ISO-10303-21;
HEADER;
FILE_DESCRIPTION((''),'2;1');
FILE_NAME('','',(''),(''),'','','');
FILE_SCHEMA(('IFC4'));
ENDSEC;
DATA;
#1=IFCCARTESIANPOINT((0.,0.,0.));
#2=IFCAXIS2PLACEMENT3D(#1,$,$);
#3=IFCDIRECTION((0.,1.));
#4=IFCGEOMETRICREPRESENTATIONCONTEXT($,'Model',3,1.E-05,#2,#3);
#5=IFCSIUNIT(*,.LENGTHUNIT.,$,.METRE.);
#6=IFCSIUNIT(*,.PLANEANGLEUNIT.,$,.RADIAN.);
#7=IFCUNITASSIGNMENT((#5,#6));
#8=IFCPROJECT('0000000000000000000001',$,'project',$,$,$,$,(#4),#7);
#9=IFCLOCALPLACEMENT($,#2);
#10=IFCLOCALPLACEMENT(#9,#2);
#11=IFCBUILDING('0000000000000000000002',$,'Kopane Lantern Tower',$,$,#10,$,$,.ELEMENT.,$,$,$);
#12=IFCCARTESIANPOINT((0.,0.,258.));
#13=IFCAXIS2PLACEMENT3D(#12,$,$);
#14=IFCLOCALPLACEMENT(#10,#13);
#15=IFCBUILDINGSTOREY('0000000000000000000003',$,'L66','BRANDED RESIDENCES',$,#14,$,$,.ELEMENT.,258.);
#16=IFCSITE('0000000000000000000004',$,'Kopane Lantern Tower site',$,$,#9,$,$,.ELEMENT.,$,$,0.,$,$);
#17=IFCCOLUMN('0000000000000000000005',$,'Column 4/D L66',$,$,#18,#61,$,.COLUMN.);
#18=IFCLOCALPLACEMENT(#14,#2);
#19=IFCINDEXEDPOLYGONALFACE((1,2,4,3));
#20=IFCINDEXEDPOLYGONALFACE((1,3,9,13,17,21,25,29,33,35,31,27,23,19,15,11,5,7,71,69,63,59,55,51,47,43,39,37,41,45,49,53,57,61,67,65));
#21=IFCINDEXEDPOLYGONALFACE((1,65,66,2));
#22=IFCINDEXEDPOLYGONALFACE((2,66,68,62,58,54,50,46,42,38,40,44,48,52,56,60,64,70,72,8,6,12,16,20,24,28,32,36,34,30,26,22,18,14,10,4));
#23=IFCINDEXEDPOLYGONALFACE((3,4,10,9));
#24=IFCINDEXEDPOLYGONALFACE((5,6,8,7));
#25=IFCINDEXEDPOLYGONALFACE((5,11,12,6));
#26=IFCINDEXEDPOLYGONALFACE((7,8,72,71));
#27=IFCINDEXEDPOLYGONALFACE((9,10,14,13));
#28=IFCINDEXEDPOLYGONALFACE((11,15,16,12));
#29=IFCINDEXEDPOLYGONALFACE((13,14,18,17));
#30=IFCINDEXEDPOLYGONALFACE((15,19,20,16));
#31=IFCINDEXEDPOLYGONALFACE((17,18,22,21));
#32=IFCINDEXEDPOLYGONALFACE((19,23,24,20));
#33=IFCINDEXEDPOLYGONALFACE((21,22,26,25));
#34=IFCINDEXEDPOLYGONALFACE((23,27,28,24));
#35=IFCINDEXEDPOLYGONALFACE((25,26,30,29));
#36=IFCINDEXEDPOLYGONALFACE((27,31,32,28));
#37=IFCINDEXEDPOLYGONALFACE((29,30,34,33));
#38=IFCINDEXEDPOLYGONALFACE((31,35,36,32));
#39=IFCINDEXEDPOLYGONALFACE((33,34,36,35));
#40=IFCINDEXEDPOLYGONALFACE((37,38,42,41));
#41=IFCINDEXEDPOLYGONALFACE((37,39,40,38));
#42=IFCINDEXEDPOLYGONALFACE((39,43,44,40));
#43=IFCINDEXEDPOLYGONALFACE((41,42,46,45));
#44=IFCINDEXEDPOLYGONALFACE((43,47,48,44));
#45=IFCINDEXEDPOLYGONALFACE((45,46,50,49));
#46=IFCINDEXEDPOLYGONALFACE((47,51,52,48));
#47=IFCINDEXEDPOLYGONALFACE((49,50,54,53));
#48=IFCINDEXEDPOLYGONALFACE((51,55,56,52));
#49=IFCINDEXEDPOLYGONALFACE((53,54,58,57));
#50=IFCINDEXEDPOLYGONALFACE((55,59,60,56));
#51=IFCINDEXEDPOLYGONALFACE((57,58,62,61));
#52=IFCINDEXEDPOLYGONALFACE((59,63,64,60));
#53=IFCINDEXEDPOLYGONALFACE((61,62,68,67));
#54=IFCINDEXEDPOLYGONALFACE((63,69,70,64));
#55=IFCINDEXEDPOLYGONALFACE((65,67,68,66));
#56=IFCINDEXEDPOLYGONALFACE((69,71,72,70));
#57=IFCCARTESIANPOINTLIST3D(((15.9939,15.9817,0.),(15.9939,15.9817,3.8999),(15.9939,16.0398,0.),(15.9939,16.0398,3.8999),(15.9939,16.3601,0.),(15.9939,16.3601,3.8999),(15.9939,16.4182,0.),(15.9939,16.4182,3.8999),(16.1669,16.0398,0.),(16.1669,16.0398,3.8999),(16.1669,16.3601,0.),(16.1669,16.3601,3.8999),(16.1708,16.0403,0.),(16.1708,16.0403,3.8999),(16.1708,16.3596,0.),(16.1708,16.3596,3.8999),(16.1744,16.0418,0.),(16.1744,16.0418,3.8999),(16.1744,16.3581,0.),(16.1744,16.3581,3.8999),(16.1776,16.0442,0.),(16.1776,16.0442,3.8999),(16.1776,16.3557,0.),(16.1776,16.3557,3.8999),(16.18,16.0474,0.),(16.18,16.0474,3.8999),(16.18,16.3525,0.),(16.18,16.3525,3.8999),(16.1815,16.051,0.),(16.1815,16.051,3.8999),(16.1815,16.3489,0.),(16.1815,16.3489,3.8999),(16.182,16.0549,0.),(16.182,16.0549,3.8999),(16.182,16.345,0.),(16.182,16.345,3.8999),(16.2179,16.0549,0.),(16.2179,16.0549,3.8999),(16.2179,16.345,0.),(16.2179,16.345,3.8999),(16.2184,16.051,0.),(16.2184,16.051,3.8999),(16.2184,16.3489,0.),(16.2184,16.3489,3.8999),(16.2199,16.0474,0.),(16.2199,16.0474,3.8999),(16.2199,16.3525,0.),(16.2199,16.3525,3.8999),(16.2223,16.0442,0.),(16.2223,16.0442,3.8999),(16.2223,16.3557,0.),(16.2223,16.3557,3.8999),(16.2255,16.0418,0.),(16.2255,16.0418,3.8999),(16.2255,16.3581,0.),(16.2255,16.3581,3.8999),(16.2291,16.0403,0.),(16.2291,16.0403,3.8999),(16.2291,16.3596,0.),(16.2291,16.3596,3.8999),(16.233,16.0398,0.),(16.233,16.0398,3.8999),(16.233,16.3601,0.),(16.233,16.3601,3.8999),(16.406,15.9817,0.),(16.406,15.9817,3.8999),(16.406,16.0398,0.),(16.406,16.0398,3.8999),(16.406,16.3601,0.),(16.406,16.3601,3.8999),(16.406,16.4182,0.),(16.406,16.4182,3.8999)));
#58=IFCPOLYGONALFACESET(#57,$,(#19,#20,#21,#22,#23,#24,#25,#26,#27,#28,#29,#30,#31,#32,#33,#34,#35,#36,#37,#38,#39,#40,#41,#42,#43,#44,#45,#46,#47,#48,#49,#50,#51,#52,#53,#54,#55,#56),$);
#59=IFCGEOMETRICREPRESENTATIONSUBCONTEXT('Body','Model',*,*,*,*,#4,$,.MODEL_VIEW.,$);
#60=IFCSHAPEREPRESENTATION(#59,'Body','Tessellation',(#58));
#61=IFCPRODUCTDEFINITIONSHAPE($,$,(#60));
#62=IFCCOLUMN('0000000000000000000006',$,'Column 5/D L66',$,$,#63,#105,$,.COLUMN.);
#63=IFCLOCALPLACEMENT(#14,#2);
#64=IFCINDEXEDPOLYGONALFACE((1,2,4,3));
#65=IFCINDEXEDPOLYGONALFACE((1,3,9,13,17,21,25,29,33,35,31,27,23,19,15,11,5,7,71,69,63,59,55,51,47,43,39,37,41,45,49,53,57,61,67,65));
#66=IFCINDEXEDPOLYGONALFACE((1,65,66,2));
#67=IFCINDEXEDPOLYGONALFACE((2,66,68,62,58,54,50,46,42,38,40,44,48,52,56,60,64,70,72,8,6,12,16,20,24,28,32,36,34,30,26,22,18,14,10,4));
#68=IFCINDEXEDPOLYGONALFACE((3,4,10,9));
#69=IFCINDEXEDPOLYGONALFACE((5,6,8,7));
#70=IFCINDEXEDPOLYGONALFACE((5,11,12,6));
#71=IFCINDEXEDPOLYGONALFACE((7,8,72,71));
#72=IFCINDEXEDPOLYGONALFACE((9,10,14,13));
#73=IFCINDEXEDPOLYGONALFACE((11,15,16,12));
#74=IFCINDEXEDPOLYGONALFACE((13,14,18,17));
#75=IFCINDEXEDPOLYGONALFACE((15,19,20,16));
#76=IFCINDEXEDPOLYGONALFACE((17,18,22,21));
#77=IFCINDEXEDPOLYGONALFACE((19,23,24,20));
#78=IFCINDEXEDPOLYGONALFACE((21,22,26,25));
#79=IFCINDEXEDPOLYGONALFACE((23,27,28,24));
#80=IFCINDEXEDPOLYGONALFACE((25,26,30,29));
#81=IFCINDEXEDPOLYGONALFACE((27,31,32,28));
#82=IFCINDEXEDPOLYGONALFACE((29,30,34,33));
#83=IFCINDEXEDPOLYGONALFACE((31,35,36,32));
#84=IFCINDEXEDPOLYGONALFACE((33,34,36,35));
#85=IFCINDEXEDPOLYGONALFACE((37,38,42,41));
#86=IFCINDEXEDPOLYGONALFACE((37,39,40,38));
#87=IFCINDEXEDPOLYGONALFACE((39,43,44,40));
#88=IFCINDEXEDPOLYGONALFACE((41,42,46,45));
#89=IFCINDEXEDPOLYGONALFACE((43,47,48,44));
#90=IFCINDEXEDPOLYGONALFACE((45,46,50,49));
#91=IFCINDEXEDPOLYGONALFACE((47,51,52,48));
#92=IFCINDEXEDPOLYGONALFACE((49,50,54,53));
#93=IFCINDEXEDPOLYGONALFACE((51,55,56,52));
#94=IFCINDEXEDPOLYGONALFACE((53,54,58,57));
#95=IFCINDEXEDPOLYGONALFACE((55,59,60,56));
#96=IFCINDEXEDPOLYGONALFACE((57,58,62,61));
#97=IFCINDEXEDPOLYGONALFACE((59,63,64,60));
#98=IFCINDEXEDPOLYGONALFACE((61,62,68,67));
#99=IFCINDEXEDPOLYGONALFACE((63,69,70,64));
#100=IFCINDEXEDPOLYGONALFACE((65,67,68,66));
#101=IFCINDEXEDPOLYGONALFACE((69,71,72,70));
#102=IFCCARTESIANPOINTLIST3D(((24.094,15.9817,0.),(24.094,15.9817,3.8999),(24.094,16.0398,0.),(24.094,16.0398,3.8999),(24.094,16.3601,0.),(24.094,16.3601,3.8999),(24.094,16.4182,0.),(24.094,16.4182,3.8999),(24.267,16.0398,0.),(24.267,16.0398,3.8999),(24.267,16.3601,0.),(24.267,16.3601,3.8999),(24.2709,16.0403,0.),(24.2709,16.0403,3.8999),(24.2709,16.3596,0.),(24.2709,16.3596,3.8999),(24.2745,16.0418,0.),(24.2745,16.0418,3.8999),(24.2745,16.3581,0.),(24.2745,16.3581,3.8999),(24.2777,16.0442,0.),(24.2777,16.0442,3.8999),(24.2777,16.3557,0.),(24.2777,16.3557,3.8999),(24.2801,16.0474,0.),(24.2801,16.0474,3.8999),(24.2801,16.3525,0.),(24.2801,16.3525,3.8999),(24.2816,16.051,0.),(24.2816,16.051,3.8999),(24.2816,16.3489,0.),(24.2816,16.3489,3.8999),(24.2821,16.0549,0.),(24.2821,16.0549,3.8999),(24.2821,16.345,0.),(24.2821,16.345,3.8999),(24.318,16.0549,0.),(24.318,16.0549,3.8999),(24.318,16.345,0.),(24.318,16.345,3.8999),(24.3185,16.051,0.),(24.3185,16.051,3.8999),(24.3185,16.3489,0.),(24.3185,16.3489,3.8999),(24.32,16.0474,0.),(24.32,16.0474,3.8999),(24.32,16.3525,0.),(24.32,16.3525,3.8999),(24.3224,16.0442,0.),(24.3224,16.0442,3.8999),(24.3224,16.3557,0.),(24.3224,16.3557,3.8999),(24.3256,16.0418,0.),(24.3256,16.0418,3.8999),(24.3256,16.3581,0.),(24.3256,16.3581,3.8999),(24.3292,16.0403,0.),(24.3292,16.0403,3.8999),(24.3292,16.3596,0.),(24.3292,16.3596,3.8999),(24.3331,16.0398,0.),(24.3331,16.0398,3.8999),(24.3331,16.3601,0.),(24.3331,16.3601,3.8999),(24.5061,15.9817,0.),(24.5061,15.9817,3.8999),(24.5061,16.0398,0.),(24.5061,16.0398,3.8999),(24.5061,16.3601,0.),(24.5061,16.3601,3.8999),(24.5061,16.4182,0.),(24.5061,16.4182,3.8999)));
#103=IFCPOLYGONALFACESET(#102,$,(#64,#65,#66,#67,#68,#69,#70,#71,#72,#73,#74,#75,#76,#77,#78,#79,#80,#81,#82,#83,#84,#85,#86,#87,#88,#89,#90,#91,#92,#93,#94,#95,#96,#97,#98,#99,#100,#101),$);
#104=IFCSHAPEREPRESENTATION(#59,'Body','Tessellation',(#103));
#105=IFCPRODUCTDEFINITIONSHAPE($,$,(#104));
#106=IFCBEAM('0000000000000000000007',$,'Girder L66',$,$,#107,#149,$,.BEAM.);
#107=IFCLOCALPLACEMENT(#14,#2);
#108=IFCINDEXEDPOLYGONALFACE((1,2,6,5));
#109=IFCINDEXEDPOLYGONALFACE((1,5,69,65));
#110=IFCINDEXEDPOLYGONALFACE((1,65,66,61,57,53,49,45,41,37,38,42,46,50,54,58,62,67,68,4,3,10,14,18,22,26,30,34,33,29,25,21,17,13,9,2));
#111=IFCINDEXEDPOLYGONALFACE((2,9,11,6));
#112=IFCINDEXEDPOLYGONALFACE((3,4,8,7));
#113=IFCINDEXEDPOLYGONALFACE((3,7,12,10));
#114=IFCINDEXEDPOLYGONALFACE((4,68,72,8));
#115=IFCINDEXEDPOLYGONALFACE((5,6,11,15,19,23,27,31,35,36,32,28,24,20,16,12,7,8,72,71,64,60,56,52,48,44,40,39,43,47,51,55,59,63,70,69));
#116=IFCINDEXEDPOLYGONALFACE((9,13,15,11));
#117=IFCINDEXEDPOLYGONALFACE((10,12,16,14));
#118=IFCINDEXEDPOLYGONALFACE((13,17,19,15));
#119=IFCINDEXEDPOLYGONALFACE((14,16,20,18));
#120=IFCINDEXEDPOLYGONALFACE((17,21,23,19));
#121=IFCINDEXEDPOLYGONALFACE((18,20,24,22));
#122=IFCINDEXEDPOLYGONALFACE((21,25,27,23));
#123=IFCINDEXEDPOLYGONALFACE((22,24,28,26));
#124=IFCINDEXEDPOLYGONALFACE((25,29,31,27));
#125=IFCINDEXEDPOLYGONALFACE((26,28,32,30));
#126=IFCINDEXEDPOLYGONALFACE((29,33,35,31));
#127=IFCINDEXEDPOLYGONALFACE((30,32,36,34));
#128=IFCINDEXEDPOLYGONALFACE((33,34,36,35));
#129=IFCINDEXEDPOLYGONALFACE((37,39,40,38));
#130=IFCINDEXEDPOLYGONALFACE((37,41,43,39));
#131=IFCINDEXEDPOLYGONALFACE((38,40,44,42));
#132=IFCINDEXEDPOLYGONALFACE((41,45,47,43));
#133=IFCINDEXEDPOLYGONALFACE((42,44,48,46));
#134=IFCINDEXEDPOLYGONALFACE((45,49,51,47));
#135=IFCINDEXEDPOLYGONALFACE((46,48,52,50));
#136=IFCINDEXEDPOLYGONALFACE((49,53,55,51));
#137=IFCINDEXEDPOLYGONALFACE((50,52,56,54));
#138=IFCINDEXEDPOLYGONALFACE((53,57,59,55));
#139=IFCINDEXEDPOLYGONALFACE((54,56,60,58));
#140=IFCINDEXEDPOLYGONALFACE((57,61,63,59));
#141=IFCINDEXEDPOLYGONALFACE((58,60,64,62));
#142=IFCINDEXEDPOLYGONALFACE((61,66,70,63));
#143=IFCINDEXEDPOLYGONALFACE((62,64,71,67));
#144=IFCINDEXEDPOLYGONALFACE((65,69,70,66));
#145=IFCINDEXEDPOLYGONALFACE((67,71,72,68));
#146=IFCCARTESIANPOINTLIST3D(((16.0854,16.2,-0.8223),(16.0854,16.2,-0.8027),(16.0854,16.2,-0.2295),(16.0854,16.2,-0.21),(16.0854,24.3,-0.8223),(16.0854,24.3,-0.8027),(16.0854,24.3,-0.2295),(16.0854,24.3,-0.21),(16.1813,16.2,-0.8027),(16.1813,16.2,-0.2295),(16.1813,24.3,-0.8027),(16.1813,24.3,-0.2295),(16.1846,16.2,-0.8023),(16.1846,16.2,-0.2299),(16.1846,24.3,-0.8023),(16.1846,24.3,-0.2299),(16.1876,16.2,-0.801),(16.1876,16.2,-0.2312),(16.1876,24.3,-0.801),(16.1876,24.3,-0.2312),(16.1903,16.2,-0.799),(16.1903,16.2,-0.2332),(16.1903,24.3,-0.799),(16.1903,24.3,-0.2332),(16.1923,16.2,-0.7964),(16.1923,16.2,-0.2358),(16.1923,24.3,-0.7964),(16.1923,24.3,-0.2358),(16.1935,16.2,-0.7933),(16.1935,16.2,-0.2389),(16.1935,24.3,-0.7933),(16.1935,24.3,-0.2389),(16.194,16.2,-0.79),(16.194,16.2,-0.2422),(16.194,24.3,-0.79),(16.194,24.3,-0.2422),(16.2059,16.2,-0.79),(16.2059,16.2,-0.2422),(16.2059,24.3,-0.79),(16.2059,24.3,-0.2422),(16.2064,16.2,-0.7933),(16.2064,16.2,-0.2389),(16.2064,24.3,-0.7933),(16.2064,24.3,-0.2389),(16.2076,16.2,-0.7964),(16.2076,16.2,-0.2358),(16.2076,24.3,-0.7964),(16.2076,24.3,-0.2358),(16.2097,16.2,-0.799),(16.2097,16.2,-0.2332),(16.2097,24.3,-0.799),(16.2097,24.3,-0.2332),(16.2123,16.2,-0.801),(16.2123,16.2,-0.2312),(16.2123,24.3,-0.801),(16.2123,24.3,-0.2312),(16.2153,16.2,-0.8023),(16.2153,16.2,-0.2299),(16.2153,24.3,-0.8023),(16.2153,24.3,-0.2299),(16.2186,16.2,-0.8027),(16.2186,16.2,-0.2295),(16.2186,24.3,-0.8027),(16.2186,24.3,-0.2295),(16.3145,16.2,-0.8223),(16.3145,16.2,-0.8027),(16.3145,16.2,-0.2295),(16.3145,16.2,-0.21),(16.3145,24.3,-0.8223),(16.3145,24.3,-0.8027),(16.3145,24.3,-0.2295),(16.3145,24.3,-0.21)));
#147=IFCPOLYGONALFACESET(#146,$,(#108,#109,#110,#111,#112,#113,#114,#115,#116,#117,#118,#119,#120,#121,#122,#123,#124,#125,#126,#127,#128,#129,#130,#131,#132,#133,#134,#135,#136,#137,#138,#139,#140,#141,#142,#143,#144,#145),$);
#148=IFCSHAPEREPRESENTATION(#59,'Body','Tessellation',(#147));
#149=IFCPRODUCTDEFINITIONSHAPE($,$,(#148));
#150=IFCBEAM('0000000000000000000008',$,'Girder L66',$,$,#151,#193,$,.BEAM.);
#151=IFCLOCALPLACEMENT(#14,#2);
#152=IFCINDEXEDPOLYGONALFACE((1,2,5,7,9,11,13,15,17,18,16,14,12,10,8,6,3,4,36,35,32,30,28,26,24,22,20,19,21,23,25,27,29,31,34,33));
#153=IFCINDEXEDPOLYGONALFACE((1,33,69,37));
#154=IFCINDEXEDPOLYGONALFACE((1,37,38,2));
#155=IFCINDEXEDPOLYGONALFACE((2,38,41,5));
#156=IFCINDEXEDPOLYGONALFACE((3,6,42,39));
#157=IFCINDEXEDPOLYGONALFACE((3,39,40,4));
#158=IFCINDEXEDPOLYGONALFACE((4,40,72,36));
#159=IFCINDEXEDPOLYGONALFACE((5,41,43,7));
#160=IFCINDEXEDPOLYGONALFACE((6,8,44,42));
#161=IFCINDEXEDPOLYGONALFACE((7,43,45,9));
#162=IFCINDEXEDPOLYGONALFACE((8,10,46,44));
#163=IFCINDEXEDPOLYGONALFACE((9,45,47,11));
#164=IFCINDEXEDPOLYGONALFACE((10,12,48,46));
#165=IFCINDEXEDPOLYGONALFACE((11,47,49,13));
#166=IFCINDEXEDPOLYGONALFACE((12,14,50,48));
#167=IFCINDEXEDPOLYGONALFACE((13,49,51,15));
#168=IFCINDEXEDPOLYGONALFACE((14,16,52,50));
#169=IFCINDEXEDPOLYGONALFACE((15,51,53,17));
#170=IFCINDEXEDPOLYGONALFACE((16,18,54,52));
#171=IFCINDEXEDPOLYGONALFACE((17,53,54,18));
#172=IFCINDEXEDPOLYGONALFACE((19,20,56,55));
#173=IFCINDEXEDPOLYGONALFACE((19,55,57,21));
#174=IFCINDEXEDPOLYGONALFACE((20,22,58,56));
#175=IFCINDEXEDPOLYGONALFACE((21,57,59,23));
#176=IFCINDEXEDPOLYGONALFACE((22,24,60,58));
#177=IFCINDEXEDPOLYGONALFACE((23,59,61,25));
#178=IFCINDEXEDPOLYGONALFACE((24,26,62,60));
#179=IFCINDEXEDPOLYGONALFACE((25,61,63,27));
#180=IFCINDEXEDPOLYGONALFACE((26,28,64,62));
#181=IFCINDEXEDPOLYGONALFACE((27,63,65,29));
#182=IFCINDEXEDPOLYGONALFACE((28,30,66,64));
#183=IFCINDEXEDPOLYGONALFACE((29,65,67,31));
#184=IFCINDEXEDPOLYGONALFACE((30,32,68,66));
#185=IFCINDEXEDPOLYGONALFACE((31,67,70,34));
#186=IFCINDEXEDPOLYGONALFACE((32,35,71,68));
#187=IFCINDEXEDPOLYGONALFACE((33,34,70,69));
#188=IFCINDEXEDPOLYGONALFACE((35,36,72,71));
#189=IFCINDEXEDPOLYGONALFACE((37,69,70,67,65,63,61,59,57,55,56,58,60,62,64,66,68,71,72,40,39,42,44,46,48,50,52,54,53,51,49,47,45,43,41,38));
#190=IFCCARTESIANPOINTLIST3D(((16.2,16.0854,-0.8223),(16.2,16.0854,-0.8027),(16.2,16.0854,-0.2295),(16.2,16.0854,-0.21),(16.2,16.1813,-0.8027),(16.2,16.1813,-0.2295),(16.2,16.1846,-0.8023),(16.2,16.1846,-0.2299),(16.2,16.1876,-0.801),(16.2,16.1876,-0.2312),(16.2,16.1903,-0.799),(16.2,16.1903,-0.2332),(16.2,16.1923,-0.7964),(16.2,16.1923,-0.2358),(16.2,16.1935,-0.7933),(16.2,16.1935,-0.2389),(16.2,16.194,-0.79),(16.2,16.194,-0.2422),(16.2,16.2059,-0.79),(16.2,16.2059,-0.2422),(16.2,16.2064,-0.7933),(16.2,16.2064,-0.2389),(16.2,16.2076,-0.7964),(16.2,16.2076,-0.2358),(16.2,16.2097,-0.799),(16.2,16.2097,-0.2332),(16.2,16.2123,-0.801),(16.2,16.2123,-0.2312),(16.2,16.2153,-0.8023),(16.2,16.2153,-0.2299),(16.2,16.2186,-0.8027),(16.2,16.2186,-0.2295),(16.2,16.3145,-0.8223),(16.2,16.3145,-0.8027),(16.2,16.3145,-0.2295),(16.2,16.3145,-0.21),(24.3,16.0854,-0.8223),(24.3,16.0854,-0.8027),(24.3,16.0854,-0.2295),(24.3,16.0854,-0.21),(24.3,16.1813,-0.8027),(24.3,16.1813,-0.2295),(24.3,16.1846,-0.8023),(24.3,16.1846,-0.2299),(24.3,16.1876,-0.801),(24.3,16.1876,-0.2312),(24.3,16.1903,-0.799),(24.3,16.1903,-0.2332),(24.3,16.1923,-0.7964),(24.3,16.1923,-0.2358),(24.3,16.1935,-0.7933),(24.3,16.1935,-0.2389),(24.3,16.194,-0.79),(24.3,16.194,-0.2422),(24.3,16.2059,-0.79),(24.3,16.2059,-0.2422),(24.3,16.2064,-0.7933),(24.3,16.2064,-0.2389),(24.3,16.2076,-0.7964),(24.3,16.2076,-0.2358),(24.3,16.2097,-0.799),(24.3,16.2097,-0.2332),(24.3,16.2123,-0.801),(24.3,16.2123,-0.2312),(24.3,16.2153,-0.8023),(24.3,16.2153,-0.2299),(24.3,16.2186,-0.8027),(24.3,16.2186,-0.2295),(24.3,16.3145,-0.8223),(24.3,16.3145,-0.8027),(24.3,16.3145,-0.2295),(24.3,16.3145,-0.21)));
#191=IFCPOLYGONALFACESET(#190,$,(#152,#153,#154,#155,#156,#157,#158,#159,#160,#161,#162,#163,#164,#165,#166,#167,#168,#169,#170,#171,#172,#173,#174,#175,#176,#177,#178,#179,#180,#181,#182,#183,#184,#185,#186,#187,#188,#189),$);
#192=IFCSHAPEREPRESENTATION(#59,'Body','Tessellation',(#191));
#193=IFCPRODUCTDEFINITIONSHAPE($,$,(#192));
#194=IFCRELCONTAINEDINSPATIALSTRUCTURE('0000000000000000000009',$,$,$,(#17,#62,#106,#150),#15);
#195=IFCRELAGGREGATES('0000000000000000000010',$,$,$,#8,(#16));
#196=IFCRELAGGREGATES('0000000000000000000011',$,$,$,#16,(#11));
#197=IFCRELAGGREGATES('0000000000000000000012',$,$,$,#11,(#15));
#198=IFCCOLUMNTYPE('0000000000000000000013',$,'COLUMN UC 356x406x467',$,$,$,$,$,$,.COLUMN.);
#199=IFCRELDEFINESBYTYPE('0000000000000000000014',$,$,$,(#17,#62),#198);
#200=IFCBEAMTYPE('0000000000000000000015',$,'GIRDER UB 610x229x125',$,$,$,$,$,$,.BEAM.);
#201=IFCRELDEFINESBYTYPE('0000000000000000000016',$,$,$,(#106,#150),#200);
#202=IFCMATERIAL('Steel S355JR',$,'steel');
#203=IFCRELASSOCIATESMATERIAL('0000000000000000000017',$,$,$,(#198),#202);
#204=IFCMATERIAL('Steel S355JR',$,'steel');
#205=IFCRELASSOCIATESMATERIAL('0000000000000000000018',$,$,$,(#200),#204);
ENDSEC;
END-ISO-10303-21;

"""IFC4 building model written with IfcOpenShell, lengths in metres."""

from ifc_helpers import new_model, si_unit, direction, frame, origin, origin_2d, place, context, subcontext, project, spatial, i_section, extrude, material, material_profile, profile_set, type_object, element, save


model = new_model("IFC4")

# Units and contexts
model_context = context("Model", 3, precision=1e-05, world=origin(), true_north=direction((0.0, 1.0)))
body_context = subcontext(model_context, "Body", "Model", "MODEL_VIEW")
ifc_project = project(units=[si_unit("LENGTHUNIT", "METRE"), si_unit("PLANEANGLEUNIT", "RADIAN")], contexts=[model_context])

# Site, building, storey
site_placement = place(None, origin())
site = spatial("IfcSite", under=ifc_project, at=site_placement, Name="Kopane Lantern Tower site", CompositionType="ELEMENT", RefElevation=0.0)
building_placement = place(site_placement, origin())
building = spatial("IfcBuilding", under=site, at=building_placement, Name="Kopane Lantern Tower", CompositionType="ELEMENT")
storey_placement = place(building_placement, frame((0.0, 0.0, 258.0)))
storey = spatial("IfcBuildingStorey", under=building, at=storey_placement, Name="L66", Description="BRANDED RESIDENCES", CompositionType="ELEMENT", Elevation=258.0)

# Columns
ifc_material_1 = material(Name="Steel S355JR", Category="steel")
ifc_material_profile_1 = material_profile(ifc_material_1, i_section(OverallWidth=0.4121, OverallDepth=0.4365, WebThickness=0.0359, FlangeThickness=0.0581, FilletRadius=0.0151, at=origin_2d()), Name="UC 356x406x467")
ifc_profile_set_1 = profile_set([ifc_material_profile_1], Name="Steel S355JR")
column_type = type_object("IfcColumnType", Name="COLUMN UC 356x406x467", PredefinedType="COLUMN", material=ifc_profile_set_1)
for number, where, z_axis, x_axis, name in (
    (1, (16.2, 16.2, 0.0), (0.0, 0.0, 1.0), (1.0, 0.0, 0.0), "Column 4/D L66"),
    (2, (24.3, 16.2, 0.0), (0.0, 0.0, 1.0), (1.0, 0.0, 0.0), "Column 5/D L66"),
):
    element("IfcColumn", number, at=place(storey_placement, frame(where, z_axis=z_axis, x_axis=x_axis)), inside=storey, type_object=column_type, Name=name, PredefinedType="COLUMN", context=body_context, shape_type="SweptSolid", body=[
        extrude(i_section(OverallWidth=0.4121, OverallDepth=0.4365, WebThickness=0.0359, FlangeThickness=0.0581, FilletRadius=0.0151, at=origin_2d()), origin(), (0.0, 0.0, 1.0), 3.8999),
    ])

# Beams
ifc_material_2 = material(Name="Steel S355JR", Category="steel")
ifc_material_profile_2 = material_profile(ifc_material_2, i_section(OverallWidth=0.229, OverallDepth=0.6123, WebThickness=0.012, FlangeThickness=0.0195, FilletRadius=0.0127, at=origin_2d()), Name="UB 610x229x125")
ifc_profile_set_2 = profile_set([ifc_material_profile_2], Name="Steel S355JR")
beam_type = type_object("IfcBeamType", Name="GIRDER UB 610x229x125", PredefinedType="BEAM", material=ifc_profile_set_2)
for number, where, z_axis, x_axis, name in (
    (3, (16.2, 16.2, -0.5161), (0.0, 1.0, 0.0), (-1.0, 0.0, 0.0), "Girder L66"),
    (4, (16.2, 16.2, -0.5161), (1.0, 0.0, 0.0), (0.0, 1.0, 0.0), "Girder L66"),
):
    element("IfcBeam", number, at=place(storey_placement, frame(where, z_axis=z_axis, x_axis=x_axis)), inside=storey, type_object=beam_type, Name=name, PredefinedType="BEAM", context=body_context, shape_type="SweptSolid", body=[
        extrude(i_section(OverallWidth=0.229, OverallDepth=0.6123, WebThickness=0.012, FlangeThickness=0.0195, FilletRadius=0.0127, at=origin_2d()), origin(), (0.0, 0.0, 1.0), 8.1001),
    ])

save(model, "model.ifc")
